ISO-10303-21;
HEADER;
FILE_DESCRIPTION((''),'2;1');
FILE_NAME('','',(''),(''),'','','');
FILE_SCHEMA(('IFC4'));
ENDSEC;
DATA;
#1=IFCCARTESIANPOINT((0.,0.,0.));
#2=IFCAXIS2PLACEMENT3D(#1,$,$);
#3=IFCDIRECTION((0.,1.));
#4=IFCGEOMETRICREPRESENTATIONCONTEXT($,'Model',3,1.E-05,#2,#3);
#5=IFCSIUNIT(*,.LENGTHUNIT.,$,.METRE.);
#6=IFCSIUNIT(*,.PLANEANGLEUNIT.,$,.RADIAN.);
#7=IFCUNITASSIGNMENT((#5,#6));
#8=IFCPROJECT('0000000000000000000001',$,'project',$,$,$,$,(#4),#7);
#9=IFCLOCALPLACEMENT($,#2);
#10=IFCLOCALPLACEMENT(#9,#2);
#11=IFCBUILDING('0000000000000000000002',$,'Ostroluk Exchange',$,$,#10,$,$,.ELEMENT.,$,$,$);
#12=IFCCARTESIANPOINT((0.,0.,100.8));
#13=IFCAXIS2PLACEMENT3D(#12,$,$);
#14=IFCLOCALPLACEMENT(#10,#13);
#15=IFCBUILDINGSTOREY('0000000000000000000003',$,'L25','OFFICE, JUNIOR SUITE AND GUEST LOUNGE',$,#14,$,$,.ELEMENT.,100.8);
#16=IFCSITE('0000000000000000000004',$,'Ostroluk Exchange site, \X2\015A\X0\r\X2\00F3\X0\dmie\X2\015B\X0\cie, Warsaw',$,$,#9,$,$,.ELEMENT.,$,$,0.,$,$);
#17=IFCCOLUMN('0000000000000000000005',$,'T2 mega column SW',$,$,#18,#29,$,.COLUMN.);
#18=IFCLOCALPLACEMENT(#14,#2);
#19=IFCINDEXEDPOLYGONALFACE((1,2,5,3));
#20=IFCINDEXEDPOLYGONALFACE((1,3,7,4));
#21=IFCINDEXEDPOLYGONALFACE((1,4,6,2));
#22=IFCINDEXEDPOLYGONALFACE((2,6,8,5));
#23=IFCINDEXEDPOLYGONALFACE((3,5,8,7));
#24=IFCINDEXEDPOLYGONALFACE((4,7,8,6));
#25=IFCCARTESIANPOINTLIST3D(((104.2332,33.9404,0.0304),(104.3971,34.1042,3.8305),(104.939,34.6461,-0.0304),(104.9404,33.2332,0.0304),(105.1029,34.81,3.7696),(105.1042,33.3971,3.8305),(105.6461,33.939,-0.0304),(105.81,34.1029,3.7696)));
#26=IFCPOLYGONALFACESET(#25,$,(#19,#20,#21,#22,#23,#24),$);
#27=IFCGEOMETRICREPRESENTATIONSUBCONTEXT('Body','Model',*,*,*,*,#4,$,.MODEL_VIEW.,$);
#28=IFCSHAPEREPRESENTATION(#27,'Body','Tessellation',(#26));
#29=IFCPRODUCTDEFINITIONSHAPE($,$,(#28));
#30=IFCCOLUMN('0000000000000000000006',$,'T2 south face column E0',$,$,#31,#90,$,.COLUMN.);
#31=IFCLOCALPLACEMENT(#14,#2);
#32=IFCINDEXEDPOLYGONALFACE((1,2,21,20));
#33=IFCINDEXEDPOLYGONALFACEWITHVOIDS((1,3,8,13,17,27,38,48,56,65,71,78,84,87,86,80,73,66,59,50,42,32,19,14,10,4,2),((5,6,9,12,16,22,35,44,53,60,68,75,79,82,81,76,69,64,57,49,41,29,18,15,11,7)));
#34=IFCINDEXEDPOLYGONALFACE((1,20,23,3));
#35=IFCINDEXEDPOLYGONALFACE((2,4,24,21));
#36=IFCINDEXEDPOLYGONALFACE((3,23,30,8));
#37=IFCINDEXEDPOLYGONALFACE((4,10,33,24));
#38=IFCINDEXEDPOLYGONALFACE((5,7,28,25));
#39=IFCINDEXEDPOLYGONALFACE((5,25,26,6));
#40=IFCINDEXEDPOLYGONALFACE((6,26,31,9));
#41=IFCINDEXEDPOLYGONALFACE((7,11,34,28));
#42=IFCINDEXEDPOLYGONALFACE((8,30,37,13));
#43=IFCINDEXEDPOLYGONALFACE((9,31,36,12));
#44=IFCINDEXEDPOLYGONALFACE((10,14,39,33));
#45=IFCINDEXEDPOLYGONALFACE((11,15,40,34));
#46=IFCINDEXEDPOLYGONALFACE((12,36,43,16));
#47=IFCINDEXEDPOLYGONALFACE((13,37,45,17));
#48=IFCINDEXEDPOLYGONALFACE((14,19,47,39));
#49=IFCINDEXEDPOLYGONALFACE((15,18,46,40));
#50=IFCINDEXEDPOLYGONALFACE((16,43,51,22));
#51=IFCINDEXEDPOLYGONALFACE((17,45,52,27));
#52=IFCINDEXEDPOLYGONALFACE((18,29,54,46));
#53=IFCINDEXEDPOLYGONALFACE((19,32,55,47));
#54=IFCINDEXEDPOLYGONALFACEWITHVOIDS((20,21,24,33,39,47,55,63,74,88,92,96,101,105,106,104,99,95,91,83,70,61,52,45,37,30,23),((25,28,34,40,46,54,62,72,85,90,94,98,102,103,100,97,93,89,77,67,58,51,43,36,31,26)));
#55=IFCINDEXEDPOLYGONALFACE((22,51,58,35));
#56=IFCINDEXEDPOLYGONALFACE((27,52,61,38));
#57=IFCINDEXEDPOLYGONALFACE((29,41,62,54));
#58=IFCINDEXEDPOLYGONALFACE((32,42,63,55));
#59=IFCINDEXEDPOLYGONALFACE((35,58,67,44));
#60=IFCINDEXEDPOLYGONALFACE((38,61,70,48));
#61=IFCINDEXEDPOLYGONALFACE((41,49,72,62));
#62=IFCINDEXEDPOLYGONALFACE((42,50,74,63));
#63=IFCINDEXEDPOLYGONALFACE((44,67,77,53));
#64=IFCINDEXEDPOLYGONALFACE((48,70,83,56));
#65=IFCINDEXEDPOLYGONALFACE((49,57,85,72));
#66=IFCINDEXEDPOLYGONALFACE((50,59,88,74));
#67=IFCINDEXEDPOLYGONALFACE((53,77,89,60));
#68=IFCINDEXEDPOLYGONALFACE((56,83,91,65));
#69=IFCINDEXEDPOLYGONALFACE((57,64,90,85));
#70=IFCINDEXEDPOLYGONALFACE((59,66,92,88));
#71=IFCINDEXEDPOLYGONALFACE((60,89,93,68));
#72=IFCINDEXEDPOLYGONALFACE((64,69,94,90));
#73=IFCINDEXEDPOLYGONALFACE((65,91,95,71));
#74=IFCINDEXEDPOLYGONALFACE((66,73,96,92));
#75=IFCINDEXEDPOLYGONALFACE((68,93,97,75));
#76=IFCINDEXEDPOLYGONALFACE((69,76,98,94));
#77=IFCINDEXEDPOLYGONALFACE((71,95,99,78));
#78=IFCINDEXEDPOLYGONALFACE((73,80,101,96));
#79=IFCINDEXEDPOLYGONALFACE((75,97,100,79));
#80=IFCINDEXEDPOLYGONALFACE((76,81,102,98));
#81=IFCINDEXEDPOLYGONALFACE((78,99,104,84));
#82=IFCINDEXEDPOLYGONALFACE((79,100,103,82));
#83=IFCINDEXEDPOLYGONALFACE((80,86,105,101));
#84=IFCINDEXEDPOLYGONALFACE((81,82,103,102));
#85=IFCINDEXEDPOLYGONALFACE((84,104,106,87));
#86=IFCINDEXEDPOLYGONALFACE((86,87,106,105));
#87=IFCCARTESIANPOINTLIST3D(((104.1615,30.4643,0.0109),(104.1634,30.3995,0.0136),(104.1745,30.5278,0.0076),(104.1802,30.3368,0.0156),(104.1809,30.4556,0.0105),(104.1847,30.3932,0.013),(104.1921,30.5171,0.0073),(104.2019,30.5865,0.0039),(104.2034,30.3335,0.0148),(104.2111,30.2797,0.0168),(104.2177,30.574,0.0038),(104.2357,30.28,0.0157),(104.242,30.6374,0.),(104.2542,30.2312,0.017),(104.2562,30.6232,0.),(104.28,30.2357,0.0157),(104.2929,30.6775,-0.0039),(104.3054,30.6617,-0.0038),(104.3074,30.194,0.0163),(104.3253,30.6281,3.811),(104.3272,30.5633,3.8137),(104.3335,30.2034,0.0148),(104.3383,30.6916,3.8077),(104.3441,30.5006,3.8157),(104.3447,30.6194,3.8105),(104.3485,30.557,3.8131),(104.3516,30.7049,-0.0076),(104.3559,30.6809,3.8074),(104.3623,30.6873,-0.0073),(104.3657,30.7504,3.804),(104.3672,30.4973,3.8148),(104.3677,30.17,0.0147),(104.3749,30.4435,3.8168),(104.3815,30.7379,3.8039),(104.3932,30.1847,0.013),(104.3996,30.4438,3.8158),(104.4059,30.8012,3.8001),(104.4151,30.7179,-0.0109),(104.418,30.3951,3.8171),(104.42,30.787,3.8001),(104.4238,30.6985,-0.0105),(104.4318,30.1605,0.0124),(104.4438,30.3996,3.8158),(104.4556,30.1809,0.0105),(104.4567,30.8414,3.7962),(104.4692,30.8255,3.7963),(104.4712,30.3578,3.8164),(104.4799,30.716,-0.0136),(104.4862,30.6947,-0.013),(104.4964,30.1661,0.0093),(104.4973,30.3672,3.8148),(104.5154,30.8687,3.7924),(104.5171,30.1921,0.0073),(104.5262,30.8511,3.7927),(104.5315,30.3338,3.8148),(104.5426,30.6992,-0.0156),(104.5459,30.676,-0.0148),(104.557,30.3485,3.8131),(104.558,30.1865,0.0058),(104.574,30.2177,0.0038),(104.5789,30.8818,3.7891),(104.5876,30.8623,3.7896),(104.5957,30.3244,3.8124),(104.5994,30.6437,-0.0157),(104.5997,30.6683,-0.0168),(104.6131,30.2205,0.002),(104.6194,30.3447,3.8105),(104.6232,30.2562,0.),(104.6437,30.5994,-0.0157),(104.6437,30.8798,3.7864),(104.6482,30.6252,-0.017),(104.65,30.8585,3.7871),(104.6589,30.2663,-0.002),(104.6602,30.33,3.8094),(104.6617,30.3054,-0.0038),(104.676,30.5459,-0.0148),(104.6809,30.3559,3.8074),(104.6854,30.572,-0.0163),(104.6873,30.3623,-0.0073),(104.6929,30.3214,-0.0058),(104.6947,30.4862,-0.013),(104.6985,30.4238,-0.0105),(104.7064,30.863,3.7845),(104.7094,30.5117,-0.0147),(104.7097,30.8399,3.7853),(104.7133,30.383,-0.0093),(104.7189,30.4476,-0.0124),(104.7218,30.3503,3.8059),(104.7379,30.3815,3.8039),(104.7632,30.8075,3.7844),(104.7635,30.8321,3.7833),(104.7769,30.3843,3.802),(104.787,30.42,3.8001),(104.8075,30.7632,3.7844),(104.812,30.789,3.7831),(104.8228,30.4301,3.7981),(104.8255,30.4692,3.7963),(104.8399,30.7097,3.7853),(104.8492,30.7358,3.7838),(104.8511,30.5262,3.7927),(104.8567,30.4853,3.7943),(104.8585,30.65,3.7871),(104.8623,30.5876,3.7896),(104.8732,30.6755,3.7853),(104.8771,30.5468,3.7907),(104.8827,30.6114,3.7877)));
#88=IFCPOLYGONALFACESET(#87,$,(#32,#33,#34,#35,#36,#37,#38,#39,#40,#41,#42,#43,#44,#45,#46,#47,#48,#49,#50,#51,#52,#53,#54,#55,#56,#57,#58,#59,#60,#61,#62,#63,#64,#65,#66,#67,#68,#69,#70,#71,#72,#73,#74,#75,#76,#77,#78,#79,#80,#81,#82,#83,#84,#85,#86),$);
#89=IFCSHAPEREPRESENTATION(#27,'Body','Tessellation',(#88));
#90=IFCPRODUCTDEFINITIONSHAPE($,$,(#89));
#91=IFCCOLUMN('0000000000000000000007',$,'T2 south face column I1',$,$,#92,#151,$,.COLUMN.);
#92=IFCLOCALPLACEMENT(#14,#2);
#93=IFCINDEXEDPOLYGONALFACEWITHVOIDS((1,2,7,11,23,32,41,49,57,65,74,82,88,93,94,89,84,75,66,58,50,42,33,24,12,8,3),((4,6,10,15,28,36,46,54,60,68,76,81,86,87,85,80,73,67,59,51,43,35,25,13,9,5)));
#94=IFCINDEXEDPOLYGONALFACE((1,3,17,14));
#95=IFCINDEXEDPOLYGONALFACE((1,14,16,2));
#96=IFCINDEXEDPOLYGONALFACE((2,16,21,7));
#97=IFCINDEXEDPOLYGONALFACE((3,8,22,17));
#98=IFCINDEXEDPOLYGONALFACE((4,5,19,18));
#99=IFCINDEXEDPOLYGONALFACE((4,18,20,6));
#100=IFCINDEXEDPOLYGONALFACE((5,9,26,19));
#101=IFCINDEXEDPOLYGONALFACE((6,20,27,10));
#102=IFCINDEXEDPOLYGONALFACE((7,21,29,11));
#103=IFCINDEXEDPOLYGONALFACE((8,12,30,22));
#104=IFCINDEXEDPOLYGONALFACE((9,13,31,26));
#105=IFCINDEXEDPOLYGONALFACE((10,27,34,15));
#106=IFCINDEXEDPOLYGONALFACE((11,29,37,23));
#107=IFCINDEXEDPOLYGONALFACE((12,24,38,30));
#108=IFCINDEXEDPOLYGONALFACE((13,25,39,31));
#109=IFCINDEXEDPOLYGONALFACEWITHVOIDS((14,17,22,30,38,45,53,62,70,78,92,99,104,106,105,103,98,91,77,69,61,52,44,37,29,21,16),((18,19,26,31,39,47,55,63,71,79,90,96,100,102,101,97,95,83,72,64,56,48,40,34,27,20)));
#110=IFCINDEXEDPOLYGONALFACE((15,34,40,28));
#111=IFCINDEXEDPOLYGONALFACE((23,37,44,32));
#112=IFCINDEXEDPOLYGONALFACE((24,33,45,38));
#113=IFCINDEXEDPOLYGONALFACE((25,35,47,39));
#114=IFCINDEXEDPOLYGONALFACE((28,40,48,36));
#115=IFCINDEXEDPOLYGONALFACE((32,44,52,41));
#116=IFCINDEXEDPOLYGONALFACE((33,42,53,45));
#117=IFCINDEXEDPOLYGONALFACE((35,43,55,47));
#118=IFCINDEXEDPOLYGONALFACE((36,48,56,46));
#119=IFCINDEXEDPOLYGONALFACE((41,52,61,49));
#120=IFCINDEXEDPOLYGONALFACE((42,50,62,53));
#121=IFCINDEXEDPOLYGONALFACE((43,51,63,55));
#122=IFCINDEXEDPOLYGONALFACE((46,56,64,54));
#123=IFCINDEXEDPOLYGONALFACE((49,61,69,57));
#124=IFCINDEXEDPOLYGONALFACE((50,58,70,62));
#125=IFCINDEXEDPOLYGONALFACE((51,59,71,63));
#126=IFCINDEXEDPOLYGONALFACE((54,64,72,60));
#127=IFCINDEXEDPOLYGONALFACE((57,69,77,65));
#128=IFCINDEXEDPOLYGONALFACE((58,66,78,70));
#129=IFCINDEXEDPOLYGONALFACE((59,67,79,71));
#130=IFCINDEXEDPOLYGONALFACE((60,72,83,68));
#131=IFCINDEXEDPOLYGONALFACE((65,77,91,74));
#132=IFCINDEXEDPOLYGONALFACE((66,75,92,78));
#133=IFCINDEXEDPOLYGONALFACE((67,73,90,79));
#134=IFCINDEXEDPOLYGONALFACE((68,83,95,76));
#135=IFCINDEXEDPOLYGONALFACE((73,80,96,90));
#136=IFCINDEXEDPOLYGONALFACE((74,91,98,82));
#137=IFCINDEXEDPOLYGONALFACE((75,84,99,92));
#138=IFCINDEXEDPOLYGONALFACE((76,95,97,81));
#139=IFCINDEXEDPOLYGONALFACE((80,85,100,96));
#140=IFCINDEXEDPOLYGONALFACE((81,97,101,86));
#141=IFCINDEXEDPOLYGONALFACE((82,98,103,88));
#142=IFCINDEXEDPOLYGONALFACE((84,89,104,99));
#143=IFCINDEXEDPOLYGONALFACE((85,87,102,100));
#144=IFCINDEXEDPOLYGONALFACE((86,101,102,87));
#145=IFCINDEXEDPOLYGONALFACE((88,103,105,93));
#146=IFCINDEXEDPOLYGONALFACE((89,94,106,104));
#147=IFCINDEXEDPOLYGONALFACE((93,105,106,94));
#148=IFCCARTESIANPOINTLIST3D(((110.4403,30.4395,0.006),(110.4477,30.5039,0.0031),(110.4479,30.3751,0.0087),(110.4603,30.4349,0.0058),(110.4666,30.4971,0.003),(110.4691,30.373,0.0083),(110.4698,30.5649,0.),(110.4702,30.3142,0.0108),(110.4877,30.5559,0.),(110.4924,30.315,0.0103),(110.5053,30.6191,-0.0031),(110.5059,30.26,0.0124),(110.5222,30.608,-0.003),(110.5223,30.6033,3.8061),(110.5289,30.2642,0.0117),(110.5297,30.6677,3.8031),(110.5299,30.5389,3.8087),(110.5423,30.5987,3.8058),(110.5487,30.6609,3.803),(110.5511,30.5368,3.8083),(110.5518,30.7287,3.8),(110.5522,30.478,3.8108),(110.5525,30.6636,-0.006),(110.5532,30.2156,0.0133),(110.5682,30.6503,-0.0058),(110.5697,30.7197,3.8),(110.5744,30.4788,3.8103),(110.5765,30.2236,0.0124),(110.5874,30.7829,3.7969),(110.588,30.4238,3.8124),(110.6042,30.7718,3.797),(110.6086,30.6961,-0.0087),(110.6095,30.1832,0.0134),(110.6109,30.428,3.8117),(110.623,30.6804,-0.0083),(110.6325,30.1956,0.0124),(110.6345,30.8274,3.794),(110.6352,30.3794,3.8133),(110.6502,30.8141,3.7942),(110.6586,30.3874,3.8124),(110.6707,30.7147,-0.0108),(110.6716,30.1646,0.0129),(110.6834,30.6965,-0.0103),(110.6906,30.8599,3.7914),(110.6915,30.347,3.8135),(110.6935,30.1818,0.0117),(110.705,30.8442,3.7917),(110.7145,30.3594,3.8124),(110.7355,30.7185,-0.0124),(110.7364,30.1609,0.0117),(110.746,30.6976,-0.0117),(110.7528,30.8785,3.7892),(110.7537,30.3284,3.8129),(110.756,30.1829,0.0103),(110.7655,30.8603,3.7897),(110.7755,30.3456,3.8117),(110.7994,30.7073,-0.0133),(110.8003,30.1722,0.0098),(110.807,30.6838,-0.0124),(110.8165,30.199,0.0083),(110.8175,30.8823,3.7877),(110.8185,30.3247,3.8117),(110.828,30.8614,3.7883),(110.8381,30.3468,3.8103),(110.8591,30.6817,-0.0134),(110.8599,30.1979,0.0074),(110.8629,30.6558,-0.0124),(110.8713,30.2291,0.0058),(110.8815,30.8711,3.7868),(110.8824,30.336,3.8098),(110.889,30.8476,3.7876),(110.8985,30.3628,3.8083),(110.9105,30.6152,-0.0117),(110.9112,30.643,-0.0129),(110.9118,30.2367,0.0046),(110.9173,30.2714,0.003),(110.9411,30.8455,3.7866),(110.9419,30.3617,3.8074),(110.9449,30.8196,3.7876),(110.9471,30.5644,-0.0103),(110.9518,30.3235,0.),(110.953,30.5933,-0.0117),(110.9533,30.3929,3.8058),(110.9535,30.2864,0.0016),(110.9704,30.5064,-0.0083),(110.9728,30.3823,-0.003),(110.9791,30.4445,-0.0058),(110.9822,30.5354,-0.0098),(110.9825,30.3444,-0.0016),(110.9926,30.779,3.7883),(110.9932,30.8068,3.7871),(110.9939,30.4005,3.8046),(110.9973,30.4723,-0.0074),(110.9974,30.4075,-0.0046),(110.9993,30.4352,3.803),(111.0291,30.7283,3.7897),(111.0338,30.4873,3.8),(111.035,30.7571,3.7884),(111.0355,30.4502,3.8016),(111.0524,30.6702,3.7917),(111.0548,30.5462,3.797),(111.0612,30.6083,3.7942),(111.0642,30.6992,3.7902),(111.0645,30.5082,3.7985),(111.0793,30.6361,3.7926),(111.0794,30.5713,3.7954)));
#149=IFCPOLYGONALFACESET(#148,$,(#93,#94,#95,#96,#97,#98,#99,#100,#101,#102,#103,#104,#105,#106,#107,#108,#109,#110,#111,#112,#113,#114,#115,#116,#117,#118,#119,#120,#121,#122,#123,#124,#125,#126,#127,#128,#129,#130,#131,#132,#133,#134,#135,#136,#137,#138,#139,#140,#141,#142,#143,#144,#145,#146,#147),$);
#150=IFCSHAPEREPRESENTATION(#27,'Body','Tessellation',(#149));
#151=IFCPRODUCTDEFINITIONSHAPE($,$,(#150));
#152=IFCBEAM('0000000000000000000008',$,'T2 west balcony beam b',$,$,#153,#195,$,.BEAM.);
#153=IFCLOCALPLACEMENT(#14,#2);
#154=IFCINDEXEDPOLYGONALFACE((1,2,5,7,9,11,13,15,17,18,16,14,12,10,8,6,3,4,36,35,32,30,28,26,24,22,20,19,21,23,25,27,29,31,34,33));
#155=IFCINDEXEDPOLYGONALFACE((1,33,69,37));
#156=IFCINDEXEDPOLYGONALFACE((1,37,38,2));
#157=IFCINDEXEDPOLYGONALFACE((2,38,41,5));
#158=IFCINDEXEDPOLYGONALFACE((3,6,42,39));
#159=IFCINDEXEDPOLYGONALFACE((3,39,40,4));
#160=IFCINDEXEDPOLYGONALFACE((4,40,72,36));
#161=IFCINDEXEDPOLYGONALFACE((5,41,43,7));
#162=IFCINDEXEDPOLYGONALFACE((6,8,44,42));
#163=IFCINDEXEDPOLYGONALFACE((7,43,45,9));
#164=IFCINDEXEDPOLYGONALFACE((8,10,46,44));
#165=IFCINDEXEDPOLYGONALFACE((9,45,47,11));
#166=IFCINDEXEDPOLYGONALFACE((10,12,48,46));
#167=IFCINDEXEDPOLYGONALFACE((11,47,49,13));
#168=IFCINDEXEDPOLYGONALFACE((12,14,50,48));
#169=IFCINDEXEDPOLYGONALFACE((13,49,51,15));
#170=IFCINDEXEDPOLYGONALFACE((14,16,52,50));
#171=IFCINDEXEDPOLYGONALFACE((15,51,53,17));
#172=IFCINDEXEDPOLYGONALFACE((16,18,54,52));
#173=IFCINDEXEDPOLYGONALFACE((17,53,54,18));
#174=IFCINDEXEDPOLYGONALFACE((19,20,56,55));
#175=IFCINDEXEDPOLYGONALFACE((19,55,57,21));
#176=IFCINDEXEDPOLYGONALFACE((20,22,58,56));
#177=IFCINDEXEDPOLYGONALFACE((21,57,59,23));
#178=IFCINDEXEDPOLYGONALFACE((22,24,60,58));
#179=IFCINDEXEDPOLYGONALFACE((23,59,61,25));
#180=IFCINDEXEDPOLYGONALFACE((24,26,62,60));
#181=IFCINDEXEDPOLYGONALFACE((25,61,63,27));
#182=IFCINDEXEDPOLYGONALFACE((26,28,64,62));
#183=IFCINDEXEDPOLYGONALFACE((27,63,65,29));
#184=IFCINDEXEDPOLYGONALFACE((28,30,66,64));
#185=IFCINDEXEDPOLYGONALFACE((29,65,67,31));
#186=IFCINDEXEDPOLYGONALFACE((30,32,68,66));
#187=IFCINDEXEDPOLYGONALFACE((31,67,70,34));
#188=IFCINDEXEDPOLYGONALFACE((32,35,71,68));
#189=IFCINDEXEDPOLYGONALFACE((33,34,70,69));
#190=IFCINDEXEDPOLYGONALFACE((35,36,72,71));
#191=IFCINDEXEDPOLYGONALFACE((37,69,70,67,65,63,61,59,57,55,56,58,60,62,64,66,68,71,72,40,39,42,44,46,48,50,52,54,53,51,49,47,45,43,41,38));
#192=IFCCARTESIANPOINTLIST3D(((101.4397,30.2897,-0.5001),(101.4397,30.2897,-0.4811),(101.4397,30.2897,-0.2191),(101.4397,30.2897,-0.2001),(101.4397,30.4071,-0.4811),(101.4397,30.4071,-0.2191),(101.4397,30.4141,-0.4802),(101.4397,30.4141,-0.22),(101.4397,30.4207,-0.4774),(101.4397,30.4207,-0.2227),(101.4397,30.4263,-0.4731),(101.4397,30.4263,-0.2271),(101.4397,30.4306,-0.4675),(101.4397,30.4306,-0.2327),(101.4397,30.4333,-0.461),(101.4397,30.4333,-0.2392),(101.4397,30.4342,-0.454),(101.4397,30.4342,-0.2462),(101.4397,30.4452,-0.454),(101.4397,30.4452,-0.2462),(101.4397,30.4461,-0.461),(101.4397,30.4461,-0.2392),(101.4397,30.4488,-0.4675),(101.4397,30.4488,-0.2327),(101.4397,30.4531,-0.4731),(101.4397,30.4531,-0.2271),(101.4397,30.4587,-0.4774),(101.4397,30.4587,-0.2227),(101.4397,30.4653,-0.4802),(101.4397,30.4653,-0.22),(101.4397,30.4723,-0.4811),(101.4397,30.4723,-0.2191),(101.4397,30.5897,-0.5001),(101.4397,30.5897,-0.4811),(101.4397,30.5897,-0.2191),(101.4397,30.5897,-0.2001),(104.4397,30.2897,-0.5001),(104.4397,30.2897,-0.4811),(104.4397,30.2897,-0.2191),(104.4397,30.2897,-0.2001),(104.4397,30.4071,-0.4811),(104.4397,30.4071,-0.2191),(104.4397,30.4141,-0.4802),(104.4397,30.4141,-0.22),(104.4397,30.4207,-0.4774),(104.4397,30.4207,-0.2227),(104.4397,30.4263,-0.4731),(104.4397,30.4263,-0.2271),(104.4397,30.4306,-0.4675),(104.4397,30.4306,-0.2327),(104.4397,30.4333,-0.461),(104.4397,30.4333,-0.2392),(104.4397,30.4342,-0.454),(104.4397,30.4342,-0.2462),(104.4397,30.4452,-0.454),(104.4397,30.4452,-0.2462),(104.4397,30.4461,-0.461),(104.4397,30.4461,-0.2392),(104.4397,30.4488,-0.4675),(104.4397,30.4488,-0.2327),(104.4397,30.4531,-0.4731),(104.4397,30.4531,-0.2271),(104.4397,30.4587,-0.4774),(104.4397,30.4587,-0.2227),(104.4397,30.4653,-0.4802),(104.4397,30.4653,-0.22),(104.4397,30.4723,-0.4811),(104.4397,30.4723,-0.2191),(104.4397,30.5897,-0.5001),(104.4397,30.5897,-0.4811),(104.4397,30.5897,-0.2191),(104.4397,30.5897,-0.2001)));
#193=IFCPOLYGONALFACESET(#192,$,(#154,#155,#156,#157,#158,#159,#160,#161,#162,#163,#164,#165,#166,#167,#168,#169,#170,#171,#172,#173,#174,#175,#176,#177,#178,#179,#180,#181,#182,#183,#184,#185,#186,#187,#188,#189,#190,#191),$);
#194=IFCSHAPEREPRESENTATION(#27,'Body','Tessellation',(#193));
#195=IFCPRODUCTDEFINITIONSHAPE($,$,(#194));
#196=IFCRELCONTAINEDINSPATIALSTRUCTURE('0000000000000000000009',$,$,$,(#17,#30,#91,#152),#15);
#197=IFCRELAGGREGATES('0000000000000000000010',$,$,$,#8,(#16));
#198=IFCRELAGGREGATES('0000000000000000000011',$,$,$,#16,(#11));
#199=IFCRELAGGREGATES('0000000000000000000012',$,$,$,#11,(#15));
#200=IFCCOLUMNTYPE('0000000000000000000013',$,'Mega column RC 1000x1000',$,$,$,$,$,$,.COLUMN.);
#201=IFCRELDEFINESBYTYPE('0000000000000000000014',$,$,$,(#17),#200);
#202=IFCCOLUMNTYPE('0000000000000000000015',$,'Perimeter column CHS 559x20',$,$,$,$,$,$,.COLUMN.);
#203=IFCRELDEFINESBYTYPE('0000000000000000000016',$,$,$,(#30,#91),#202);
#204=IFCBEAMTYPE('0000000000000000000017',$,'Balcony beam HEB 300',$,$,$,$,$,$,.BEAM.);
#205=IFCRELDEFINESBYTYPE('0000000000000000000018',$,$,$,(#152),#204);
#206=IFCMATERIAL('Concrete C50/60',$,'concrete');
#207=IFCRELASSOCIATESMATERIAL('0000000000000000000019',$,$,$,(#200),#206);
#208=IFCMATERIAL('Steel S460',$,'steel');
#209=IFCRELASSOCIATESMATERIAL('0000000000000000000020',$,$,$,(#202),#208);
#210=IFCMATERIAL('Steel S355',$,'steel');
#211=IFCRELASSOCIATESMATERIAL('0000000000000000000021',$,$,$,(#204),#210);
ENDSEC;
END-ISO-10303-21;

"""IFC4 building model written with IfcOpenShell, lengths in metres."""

from ifc_helpers import new_model, si_unit, direction, frame, origin, origin_2d, place, context, subcontext, project, spatial, rectangle, hollow_circle, i_section, extrude, material, material_profile, profile_set, type_object, element, save


model = new_model("IFC4")

# Units and contexts
model_context = context("Model", 3, precision=1e-05, world=origin(), true_north=direction((0.0, 1.0)))
body_context = subcontext(model_context, "Body", "Model", "MODEL_VIEW")
ifc_project = project(units=[si_unit("LENGTHUNIT", "METRE"), si_unit("PLANEANGLEUNIT", "RADIAN")], contexts=[model_context])

# Site, building, storey
site_placement = place(None, origin())
site = spatial("IfcSite", under=ifc_project, at=site_placement, Name="Ostroluk Exchange site, Śródmieście, Warsaw", CompositionType="ELEMENT", RefElevation=0.0)
building_placement = place(site_placement, origin())
building = spatial("IfcBuilding", under=site, at=building_placement, Name="Ostroluk Exchange", CompositionType="ELEMENT")
storey_placement = place(building_placement, frame((0.0, 0.0, 100.8)))
storey = spatial("IfcBuildingStorey", under=building, at=storey_placement, Name="L25", Description="OFFICE, JUNIOR SUITE AND GUEST LOUNGE", CompositionType="ELEMENT", Elevation=100.8)

# Columns
ifc_material_1 = material(Name="Concrete C50/60", Category="concrete")
ifc_material_profile_1 = material_profile(ifc_material_1, rectangle(XDim=1.0, YDim=1.0, at=origin_2d()), Name="RC 1000x1000")
ifc_profile_set_1 = profile_set([ifc_material_profile_1], Name="Concrete C50/60")
column_type_1 = type_object("IfcColumnType", Name="Mega column RC 1000x1000", PredefinedType="COLUMN", material=ifc_profile_set_1)
column_1_placement = place(storey_placement, frame((104.9397, 33.9397, 0.0), z_axis=(0.04303, 0.04303, 0.998147), x_axis=(-0.707107, 0.707107, 0.0)))
element("IfcColumn", 1, at=column_1_placement, inside=storey, type_object=column_type_1, Name="T2 mega column SW", PredefinedType="COLUMN", context=body_context, shape_type="SweptSolid", body=[
    extrude(rectangle(XDim=1.0, YDim=1.0, at=origin_2d()), origin(), (0.0, 0.0, 1.0), 3.8071),
])
ifc_material_2 = material(Name="Steel S460", Category="steel")
ifc_material_profile_2 = material_profile(ifc_material_2, hollow_circle(Radius=0.2795, WallThickness=0.02, at=origin_2d()), Name="CHS 559x20")
ifc_profile_set_2 = profile_set([ifc_material_profile_2], Name="Steel S460")
column_type_2 = type_object("IfcColumnType", Name="Perimeter column CHS 559x20", PredefinedType="COLUMN", material=ifc_profile_set_2)
column_2_placement = place(storey_placement, frame((104.4397, 30.4397, 0.0), z_axis=(0.04303, 0.04303, 0.998147), x_axis=(-0.707107, 0.707107, 0.0)))
element("IfcColumn", 2, at=column_2_placement, inside=storey, type_object=column_type_2, Name="T2 south face column E0", PredefinedType="COLUMN", context=body_context, shape_type="SweptSolid", body=[
    extrude(hollow_circle(Radius=0.2795, WallThickness=0.02, at=origin_2d()), origin(), (0.0, 0.0, 1.0), 3.8071),
])
column_3_placement = place(storey_placement, frame((110.7197, 30.4397, 0.0), z_axis=(0.021562, 0.04306, 0.99884), x_axis=(-0.894161, 0.447747, 0.0)))
element("IfcColumn", 3, at=column_3_placement, inside=storey, type_object=column_type_2, Name="T2 south face column I1", PredefinedType="COLUMN", context=body_context, shape_type="SweptSolid", body=[
    extrude(hollow_circle(Radius=0.2795, WallThickness=0.02, at=origin_2d()), origin(), (0.0, 0.0, 1.0), 3.8044),
])

# Beam
ifc_material_3 = material(Name="Steel S355", Category="steel")
ifc_material_profile_3 = material_profile(ifc_material_3, i_section(OverallWidth=0.3, OverallDepth=0.3, WebThickness=0.011, FlangeThickness=0.019, FilletRadius=0.0271, at=origin_2d()), Name="HEB 300")
ifc_profile_set_3 = profile_set([ifc_material_profile_3], Name="Steel S355")
beam_type_1 = type_object("IfcBeamType", Name="Balcony beam HEB 300", PredefinedType="BEAM", material=ifc_profile_set_3)
beam_1_placement = place(storey_placement, frame((104.4397, 30.4397, -0.3501), z_axis=(-1.0, 0.0, 0.0), x_axis=(0.0, -1.0, 0.0)))
element("IfcBeam", 4, at=beam_1_placement, inside=storey, type_object=beam_type_1, Name="T2 west balcony beam b", PredefinedType="BEAM", context=body_context, shape_type="SweptSolid", body=[
    extrude(i_section(OverallWidth=0.3, OverallDepth=0.3, WebThickness=0.011, FlangeThickness=0.019, FilletRadius=0.0271, at=origin_2d()), origin(), (0.0, 0.0, 1.0), 3.0),
])

save(model, "model.ifc")
